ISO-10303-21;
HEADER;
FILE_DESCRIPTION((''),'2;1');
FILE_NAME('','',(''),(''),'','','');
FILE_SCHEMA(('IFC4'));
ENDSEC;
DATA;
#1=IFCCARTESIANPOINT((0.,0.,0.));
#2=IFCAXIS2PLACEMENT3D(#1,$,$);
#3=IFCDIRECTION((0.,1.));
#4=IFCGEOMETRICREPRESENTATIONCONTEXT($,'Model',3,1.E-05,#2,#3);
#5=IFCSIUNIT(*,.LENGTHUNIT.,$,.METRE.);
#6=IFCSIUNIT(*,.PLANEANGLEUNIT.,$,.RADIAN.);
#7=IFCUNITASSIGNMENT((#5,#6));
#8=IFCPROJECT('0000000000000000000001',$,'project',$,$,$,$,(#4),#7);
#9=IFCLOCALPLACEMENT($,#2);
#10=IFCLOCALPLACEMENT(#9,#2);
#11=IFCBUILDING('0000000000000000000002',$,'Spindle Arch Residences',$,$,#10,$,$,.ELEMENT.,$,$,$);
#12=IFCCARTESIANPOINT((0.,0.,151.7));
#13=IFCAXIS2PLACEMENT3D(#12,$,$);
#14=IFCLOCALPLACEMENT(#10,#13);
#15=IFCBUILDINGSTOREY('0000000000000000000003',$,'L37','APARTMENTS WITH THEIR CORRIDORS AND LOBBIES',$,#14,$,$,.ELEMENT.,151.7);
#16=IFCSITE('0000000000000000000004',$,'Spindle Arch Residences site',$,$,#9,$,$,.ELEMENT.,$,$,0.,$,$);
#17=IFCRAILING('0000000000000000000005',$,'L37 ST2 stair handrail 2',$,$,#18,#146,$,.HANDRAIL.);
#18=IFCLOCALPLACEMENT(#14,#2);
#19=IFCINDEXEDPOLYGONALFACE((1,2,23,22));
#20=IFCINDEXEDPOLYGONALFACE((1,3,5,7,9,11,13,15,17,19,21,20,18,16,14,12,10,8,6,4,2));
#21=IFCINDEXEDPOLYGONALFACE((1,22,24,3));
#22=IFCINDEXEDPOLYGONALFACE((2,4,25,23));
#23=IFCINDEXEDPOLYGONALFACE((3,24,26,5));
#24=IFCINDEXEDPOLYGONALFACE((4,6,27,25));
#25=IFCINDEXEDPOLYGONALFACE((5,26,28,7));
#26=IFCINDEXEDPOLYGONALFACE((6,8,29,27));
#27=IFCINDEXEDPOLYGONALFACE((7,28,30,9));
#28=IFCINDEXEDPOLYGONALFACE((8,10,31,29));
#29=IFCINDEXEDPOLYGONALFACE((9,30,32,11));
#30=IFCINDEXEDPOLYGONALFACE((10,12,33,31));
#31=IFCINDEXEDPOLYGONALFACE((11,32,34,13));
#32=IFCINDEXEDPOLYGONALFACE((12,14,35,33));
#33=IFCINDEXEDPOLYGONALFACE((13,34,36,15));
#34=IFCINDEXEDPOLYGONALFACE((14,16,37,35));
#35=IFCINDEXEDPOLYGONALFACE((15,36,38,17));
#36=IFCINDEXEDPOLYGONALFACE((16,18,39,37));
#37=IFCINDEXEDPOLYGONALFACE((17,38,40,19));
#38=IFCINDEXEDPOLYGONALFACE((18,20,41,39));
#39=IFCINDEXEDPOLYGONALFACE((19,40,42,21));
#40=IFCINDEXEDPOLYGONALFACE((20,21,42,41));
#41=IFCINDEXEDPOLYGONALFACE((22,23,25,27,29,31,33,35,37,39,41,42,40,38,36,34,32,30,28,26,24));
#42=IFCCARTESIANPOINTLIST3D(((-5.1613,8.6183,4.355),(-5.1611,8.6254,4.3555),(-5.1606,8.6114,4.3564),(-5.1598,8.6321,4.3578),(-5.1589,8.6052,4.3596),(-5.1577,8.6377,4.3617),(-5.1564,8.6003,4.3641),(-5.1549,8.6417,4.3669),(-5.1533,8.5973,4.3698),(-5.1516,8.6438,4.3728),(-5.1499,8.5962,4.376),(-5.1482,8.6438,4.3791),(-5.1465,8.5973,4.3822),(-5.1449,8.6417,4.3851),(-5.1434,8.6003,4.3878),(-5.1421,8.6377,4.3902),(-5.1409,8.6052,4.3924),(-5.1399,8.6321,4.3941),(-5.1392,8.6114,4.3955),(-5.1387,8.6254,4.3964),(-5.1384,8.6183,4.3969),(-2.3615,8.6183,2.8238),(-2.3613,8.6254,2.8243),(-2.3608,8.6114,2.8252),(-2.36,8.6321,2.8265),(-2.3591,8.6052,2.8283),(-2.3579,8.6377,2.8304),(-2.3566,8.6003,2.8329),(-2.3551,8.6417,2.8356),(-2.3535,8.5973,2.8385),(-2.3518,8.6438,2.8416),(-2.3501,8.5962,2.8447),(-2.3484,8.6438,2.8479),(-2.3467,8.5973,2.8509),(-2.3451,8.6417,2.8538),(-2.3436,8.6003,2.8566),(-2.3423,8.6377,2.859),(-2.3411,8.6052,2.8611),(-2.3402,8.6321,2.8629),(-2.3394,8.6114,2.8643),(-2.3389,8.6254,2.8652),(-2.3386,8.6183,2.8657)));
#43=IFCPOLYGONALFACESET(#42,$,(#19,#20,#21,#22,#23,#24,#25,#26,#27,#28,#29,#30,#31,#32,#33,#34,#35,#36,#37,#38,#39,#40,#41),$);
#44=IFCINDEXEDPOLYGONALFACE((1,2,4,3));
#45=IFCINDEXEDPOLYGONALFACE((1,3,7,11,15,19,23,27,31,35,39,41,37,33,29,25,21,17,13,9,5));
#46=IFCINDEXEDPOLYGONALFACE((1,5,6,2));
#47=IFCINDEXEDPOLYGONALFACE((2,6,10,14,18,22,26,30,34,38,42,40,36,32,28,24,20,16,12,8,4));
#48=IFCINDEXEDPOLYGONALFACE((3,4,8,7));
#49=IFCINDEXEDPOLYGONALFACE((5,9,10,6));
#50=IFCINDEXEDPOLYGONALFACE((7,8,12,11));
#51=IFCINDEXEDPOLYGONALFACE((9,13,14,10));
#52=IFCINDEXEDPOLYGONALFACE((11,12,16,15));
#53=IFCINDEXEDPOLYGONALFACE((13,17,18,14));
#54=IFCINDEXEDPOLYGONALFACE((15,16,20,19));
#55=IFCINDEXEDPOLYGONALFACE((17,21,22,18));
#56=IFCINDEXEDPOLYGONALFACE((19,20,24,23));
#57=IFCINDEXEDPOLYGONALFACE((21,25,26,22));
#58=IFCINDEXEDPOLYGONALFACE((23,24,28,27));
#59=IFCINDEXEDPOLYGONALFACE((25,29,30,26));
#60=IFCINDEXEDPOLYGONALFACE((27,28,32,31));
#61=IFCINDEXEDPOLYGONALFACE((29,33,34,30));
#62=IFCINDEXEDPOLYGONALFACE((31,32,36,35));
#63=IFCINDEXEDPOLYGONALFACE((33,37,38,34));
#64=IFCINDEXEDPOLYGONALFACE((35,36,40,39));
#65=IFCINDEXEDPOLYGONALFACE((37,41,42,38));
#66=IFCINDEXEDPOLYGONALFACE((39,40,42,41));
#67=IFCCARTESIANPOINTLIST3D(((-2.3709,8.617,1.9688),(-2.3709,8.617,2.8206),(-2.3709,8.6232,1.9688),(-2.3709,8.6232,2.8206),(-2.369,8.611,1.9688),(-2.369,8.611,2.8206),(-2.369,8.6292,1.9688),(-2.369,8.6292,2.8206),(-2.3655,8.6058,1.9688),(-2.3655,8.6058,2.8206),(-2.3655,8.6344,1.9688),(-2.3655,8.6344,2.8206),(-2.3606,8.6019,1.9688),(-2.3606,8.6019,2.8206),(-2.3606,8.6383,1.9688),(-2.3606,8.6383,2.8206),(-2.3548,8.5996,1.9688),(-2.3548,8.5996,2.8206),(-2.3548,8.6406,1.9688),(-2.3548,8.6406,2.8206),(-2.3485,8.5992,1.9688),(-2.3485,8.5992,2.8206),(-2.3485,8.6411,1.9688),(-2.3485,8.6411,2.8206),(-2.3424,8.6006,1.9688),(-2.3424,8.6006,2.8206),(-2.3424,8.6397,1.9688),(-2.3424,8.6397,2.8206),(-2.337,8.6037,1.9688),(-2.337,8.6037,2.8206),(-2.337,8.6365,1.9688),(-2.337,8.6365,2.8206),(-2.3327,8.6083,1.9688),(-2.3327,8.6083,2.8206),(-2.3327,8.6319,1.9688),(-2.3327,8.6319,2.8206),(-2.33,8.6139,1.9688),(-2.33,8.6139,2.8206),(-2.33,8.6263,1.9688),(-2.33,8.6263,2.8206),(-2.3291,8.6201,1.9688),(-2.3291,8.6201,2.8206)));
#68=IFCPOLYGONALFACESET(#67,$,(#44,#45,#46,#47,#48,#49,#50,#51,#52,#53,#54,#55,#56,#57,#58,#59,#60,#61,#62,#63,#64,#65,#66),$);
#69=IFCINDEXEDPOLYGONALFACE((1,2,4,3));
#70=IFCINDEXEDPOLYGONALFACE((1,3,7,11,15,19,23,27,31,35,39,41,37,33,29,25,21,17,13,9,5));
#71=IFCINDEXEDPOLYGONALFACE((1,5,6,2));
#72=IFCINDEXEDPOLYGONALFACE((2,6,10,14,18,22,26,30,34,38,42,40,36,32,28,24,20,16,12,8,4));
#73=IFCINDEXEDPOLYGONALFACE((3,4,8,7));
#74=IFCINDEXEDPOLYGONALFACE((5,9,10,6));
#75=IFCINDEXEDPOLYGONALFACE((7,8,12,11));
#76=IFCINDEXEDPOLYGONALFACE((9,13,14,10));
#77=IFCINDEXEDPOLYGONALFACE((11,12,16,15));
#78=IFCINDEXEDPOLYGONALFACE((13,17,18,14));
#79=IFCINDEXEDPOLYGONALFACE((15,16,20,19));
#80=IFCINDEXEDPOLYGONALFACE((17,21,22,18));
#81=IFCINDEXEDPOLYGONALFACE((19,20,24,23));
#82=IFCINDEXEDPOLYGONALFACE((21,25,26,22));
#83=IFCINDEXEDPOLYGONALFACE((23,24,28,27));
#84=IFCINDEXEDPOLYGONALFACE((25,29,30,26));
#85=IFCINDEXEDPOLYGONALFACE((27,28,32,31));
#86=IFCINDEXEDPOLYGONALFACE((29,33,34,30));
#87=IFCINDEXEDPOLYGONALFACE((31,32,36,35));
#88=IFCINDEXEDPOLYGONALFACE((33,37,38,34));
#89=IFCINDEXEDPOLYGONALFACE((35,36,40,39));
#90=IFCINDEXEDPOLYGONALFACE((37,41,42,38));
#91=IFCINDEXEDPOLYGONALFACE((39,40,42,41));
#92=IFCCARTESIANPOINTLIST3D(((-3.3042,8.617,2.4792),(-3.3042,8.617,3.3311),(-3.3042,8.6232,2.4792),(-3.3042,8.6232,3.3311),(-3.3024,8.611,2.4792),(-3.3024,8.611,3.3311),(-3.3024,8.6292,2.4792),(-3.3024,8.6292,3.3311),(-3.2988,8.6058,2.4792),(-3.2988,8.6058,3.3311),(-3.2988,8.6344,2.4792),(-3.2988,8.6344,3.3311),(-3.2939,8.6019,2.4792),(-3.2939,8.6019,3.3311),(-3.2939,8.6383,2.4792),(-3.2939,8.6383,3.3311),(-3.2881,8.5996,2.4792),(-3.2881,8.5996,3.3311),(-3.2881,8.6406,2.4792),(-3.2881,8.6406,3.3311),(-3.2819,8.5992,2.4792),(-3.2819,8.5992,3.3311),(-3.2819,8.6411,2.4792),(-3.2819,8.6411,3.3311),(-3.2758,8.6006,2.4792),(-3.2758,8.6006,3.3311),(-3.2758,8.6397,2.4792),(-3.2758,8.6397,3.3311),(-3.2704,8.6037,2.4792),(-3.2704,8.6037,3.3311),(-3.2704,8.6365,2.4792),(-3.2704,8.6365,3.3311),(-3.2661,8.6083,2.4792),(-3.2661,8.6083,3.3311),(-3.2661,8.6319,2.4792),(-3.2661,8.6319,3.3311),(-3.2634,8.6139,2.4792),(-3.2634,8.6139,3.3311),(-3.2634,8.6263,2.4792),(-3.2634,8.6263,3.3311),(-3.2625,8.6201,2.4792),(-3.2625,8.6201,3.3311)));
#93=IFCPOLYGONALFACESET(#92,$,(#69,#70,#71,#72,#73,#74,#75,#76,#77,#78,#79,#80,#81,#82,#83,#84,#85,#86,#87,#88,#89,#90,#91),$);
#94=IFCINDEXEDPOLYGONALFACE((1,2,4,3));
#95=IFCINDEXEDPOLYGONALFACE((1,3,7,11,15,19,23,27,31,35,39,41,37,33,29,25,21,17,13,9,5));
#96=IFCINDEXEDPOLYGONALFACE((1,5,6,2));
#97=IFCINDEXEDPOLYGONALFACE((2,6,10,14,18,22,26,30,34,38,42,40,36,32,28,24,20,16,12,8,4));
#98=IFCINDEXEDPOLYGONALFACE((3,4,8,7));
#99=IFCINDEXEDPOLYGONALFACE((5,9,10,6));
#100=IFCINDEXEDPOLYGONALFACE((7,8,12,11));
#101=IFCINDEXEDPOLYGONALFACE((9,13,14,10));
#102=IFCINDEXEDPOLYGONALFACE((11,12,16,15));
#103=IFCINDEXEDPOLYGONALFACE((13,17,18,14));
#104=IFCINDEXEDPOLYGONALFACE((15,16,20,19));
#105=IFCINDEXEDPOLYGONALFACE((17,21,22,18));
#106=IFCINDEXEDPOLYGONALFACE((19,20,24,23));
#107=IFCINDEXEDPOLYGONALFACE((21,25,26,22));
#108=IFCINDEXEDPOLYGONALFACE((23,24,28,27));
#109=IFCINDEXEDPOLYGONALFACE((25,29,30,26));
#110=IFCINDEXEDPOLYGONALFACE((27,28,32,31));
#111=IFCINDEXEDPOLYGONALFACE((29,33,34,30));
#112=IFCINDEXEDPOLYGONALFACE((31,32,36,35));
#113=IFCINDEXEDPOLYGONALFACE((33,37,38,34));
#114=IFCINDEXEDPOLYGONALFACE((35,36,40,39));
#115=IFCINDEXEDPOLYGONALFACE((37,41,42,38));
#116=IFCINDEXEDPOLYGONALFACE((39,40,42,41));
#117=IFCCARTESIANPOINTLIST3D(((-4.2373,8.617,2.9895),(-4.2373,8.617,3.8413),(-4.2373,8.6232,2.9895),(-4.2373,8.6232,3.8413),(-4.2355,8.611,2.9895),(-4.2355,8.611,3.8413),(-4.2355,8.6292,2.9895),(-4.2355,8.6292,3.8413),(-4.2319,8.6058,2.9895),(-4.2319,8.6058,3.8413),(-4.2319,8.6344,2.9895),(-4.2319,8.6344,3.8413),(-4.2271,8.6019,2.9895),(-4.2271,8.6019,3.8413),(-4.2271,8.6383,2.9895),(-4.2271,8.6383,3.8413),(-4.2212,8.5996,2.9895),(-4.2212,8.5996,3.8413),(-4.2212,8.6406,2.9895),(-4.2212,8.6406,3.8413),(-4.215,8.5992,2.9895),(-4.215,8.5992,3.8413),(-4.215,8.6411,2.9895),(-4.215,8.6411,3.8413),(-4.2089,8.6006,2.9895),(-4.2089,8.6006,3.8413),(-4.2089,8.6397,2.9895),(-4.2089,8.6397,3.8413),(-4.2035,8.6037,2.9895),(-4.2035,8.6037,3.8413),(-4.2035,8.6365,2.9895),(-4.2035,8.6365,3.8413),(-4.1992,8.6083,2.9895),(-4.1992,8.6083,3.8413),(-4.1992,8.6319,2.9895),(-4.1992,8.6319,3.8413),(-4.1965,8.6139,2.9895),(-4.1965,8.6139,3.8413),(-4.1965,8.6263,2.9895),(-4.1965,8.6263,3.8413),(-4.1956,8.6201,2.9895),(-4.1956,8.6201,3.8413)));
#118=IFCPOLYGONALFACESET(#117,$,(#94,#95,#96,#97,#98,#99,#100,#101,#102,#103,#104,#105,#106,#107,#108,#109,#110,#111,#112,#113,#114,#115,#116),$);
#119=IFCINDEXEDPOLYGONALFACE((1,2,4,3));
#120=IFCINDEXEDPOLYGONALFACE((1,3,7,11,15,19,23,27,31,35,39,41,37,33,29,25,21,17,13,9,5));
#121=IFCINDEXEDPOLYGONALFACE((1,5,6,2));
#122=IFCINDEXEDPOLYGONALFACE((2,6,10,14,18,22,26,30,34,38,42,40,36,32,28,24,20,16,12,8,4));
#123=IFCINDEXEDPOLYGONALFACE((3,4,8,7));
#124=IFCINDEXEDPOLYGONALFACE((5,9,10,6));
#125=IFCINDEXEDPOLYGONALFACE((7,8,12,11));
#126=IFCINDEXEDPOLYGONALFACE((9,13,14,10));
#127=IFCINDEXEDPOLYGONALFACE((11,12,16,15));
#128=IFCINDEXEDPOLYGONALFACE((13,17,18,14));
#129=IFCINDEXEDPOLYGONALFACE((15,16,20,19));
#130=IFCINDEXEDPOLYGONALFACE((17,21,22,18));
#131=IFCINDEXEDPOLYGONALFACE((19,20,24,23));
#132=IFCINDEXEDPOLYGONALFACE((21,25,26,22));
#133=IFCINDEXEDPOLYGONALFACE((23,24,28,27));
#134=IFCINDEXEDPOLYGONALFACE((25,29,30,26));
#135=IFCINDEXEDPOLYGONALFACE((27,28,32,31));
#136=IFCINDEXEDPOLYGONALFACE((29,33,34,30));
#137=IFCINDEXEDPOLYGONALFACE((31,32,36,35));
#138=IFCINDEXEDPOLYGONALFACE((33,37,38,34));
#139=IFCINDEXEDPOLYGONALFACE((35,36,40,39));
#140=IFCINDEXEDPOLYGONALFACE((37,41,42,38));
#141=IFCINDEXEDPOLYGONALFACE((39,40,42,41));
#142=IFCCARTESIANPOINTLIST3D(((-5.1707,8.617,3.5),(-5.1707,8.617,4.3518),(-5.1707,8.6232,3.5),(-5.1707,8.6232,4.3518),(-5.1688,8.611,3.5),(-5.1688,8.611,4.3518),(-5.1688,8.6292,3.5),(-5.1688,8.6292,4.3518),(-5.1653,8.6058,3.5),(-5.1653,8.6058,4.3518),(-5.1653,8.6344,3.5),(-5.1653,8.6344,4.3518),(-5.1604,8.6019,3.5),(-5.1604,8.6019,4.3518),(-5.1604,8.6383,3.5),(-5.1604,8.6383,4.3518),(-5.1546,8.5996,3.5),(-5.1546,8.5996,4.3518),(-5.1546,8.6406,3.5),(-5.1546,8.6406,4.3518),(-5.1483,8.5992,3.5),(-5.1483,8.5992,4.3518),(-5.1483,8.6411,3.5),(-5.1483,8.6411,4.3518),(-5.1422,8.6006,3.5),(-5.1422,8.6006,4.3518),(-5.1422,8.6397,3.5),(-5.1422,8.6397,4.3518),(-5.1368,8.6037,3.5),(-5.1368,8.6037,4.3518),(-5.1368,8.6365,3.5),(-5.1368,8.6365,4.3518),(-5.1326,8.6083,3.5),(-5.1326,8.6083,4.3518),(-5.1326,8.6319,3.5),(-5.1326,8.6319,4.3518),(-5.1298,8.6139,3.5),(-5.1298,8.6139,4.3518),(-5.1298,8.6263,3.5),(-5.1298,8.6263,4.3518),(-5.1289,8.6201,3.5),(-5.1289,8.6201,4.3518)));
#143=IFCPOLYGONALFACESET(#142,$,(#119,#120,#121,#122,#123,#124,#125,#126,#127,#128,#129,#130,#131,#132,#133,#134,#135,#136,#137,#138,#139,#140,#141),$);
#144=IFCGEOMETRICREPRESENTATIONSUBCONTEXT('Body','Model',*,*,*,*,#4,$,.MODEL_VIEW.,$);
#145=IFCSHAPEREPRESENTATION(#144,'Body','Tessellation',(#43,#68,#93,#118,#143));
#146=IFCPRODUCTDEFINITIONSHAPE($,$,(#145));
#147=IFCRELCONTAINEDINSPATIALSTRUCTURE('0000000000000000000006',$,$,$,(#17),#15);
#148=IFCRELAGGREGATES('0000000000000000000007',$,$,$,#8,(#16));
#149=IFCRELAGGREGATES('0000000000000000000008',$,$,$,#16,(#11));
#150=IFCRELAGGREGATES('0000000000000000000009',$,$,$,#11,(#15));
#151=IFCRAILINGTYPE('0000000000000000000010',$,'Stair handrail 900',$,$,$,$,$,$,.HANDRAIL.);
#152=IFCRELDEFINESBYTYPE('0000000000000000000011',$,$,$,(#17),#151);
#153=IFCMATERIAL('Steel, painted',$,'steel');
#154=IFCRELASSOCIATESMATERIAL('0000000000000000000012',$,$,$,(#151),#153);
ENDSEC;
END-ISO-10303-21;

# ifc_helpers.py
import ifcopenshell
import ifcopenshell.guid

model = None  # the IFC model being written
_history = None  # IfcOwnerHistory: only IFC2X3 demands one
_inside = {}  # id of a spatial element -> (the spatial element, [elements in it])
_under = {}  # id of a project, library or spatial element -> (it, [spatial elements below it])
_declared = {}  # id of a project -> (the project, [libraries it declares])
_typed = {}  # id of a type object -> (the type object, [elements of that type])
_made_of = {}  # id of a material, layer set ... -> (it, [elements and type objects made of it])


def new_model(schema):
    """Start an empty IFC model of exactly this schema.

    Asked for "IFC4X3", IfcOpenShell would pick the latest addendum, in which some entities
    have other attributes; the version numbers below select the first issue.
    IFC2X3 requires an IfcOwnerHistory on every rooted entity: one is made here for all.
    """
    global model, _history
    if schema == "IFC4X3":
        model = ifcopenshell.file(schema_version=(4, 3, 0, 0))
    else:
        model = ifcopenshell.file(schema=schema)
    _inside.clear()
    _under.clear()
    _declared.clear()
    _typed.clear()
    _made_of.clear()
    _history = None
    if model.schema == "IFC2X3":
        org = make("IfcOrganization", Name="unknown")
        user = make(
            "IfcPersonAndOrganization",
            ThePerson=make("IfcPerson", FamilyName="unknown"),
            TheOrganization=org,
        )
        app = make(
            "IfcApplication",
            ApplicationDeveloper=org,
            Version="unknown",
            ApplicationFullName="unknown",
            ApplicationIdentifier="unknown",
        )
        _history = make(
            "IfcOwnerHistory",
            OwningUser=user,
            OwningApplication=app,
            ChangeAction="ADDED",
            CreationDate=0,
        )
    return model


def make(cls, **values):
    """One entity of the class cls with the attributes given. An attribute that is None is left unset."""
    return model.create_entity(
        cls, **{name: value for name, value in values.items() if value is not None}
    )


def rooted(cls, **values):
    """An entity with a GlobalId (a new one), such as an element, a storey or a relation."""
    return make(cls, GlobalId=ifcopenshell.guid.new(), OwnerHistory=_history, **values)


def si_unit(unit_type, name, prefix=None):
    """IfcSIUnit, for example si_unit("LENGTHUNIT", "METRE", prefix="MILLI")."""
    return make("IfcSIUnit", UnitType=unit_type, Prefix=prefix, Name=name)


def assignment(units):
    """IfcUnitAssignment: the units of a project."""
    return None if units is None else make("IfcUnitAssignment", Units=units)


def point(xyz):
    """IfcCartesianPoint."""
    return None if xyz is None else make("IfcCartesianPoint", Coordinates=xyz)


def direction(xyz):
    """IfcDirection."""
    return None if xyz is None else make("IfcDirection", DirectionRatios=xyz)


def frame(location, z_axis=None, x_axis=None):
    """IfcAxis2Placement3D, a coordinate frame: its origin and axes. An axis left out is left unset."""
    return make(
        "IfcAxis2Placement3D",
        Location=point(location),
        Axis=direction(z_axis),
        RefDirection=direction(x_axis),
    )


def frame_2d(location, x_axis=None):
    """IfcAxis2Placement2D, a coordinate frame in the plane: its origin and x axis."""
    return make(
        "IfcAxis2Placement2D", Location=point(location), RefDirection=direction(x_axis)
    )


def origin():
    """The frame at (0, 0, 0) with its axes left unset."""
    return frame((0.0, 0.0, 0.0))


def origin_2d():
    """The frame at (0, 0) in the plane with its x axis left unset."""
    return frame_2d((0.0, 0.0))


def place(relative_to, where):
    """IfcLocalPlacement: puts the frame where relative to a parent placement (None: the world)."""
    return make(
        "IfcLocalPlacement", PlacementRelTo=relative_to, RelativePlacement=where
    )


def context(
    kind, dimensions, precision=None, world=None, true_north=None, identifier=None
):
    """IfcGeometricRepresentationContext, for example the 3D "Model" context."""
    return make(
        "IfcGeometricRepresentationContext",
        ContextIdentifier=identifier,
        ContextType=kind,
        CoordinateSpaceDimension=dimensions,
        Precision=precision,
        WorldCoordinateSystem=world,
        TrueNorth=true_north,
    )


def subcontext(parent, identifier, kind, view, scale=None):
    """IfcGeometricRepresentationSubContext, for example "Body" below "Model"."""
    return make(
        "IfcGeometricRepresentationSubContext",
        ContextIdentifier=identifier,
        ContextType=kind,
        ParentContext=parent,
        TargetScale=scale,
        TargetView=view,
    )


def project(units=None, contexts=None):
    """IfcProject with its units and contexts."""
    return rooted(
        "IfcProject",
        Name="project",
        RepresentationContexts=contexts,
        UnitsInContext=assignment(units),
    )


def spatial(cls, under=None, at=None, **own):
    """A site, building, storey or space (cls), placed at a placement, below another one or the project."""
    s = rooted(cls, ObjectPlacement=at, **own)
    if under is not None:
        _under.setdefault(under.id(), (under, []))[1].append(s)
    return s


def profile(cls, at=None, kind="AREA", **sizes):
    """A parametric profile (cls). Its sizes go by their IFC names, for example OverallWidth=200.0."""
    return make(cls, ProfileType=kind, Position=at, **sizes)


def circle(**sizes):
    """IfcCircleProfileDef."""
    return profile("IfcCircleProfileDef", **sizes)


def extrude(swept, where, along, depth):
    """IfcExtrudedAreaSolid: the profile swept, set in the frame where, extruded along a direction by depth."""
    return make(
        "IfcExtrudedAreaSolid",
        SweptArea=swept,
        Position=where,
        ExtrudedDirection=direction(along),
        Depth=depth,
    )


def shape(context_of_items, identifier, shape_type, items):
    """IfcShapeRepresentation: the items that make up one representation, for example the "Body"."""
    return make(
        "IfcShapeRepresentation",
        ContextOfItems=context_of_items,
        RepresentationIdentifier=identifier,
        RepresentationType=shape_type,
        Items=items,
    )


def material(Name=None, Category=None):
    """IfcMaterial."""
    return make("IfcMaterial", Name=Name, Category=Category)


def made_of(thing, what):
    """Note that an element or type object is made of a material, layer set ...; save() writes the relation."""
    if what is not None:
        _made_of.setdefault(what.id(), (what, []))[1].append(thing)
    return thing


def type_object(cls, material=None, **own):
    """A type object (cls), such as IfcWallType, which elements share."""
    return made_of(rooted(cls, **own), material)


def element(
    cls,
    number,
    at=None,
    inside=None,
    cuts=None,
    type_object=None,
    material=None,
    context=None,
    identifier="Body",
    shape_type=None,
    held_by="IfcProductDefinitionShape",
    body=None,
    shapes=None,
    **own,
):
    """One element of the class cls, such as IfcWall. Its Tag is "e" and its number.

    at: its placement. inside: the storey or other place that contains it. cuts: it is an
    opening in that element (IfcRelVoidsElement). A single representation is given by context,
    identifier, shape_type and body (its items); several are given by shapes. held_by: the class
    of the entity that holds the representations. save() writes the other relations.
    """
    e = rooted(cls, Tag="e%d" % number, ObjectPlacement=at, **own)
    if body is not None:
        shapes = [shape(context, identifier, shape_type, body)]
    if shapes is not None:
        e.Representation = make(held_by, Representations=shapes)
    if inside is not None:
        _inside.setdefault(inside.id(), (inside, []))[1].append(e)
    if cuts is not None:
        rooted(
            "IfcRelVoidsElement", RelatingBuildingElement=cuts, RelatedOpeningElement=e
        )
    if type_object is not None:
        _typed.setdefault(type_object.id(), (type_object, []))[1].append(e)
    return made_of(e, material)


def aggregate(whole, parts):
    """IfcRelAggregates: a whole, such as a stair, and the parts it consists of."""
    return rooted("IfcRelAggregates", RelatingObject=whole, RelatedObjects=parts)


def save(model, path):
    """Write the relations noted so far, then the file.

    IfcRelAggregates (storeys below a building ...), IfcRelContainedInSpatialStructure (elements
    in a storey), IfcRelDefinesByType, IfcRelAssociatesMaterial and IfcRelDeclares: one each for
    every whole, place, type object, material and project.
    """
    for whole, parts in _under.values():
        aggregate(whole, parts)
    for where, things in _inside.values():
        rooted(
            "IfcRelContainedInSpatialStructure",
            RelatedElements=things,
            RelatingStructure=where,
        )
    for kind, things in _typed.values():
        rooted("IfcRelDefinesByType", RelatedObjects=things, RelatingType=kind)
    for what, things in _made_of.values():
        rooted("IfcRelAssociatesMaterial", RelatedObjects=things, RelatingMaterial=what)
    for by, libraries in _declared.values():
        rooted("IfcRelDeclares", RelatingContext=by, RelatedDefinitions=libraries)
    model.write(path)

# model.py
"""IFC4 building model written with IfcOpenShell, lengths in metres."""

from ifc_helpers import new_model, si_unit, direction, frame, origin, origin_2d, place, context, subcontext, project, spatial, circle, extrude, material, type_object, element, save


model = new_model("IFC4")

# Units and contexts
model_context = context("Model", 3, precision=1e-05, world=origin(), true_north=direction((0.0, 1.0)))
body_context = subcontext(model_context, "Body", "Model", "MODEL_VIEW")
ifc_project = project(units=[si_unit("LENGTHUNIT", "METRE"), si_unit("PLANEANGLEUNIT", "RADIAN")], contexts=[model_context])

# Site, building, storey
site_placement = place(None, origin())
site = spatial("IfcSite", under=ifc_project, at=site_placement, Name="Spindle Arch Residences site", CompositionType="ELEMENT", RefElevation=0.0)
building_placement = place(site_placement, origin())
building = spatial("IfcBuilding", under=site, at=building_placement, Name="Spindle Arch Residences", CompositionType="ELEMENT")
storey_placement = place(building_placement, frame((0.0, 0.0, 151.7)))
storey = spatial("IfcBuildingStorey", under=building, at=storey_placement, Name="L37", Description="APARTMENTS WITH THEIR CORRIDORS AND LOBBIES", CompositionType="ELEMENT", Elevation=151.7)

# Railing
ifc_material_1 = material(Name="Steel, painted", Category="steel")
railing_type_1 = type_object("IfcRailingType", Name="Stair handrail 900", PredefinedType="HANDRAIL", material=ifc_material_1)
railing_1_placement = place(storey_placement, frame((-2.3501, 8.6201, 1.9688)))
element("IfcRailing", 1, at=railing_1_placement, inside=storey, type_object=railing_type_1, Name="L37 ST2 stair handrail 2", PredefinedType="HANDRAIL", context=body_context, shape_type="SweptSolid", body=[
    extrude(circle(Radius=0.0239, at=origin_2d()), frame((0.0, 0.0, 0.876), z_axis=(-0.877357, 0.0, 0.479838), x_axis=(0.0, -1.0, 0.0)), (0.0, 0.0, 1.0), 3.1912),
    extrude(circle(Radius=0.021, at=origin_2d()), origin(), (0.0, 0.0, 1.0), 0.8518),
    extrude(circle(Radius=0.021, at=origin_2d()), frame((-0.9333, 0.0, 0.5105)), (0.0, 0.0, 1.0), 0.8518),
    extrude(circle(Radius=0.021, at=origin_2d()), frame((-1.8665, 0.0, 1.0208)), (0.0, 0.0, 1.0), 0.8518),
    extrude(circle(Radius=0.021, at=origin_2d()), frame((-2.7998, 0.0, 1.5312)), (0.0, 0.0, 1.0), 0.8518),
])

save(model, "model.ifc")
